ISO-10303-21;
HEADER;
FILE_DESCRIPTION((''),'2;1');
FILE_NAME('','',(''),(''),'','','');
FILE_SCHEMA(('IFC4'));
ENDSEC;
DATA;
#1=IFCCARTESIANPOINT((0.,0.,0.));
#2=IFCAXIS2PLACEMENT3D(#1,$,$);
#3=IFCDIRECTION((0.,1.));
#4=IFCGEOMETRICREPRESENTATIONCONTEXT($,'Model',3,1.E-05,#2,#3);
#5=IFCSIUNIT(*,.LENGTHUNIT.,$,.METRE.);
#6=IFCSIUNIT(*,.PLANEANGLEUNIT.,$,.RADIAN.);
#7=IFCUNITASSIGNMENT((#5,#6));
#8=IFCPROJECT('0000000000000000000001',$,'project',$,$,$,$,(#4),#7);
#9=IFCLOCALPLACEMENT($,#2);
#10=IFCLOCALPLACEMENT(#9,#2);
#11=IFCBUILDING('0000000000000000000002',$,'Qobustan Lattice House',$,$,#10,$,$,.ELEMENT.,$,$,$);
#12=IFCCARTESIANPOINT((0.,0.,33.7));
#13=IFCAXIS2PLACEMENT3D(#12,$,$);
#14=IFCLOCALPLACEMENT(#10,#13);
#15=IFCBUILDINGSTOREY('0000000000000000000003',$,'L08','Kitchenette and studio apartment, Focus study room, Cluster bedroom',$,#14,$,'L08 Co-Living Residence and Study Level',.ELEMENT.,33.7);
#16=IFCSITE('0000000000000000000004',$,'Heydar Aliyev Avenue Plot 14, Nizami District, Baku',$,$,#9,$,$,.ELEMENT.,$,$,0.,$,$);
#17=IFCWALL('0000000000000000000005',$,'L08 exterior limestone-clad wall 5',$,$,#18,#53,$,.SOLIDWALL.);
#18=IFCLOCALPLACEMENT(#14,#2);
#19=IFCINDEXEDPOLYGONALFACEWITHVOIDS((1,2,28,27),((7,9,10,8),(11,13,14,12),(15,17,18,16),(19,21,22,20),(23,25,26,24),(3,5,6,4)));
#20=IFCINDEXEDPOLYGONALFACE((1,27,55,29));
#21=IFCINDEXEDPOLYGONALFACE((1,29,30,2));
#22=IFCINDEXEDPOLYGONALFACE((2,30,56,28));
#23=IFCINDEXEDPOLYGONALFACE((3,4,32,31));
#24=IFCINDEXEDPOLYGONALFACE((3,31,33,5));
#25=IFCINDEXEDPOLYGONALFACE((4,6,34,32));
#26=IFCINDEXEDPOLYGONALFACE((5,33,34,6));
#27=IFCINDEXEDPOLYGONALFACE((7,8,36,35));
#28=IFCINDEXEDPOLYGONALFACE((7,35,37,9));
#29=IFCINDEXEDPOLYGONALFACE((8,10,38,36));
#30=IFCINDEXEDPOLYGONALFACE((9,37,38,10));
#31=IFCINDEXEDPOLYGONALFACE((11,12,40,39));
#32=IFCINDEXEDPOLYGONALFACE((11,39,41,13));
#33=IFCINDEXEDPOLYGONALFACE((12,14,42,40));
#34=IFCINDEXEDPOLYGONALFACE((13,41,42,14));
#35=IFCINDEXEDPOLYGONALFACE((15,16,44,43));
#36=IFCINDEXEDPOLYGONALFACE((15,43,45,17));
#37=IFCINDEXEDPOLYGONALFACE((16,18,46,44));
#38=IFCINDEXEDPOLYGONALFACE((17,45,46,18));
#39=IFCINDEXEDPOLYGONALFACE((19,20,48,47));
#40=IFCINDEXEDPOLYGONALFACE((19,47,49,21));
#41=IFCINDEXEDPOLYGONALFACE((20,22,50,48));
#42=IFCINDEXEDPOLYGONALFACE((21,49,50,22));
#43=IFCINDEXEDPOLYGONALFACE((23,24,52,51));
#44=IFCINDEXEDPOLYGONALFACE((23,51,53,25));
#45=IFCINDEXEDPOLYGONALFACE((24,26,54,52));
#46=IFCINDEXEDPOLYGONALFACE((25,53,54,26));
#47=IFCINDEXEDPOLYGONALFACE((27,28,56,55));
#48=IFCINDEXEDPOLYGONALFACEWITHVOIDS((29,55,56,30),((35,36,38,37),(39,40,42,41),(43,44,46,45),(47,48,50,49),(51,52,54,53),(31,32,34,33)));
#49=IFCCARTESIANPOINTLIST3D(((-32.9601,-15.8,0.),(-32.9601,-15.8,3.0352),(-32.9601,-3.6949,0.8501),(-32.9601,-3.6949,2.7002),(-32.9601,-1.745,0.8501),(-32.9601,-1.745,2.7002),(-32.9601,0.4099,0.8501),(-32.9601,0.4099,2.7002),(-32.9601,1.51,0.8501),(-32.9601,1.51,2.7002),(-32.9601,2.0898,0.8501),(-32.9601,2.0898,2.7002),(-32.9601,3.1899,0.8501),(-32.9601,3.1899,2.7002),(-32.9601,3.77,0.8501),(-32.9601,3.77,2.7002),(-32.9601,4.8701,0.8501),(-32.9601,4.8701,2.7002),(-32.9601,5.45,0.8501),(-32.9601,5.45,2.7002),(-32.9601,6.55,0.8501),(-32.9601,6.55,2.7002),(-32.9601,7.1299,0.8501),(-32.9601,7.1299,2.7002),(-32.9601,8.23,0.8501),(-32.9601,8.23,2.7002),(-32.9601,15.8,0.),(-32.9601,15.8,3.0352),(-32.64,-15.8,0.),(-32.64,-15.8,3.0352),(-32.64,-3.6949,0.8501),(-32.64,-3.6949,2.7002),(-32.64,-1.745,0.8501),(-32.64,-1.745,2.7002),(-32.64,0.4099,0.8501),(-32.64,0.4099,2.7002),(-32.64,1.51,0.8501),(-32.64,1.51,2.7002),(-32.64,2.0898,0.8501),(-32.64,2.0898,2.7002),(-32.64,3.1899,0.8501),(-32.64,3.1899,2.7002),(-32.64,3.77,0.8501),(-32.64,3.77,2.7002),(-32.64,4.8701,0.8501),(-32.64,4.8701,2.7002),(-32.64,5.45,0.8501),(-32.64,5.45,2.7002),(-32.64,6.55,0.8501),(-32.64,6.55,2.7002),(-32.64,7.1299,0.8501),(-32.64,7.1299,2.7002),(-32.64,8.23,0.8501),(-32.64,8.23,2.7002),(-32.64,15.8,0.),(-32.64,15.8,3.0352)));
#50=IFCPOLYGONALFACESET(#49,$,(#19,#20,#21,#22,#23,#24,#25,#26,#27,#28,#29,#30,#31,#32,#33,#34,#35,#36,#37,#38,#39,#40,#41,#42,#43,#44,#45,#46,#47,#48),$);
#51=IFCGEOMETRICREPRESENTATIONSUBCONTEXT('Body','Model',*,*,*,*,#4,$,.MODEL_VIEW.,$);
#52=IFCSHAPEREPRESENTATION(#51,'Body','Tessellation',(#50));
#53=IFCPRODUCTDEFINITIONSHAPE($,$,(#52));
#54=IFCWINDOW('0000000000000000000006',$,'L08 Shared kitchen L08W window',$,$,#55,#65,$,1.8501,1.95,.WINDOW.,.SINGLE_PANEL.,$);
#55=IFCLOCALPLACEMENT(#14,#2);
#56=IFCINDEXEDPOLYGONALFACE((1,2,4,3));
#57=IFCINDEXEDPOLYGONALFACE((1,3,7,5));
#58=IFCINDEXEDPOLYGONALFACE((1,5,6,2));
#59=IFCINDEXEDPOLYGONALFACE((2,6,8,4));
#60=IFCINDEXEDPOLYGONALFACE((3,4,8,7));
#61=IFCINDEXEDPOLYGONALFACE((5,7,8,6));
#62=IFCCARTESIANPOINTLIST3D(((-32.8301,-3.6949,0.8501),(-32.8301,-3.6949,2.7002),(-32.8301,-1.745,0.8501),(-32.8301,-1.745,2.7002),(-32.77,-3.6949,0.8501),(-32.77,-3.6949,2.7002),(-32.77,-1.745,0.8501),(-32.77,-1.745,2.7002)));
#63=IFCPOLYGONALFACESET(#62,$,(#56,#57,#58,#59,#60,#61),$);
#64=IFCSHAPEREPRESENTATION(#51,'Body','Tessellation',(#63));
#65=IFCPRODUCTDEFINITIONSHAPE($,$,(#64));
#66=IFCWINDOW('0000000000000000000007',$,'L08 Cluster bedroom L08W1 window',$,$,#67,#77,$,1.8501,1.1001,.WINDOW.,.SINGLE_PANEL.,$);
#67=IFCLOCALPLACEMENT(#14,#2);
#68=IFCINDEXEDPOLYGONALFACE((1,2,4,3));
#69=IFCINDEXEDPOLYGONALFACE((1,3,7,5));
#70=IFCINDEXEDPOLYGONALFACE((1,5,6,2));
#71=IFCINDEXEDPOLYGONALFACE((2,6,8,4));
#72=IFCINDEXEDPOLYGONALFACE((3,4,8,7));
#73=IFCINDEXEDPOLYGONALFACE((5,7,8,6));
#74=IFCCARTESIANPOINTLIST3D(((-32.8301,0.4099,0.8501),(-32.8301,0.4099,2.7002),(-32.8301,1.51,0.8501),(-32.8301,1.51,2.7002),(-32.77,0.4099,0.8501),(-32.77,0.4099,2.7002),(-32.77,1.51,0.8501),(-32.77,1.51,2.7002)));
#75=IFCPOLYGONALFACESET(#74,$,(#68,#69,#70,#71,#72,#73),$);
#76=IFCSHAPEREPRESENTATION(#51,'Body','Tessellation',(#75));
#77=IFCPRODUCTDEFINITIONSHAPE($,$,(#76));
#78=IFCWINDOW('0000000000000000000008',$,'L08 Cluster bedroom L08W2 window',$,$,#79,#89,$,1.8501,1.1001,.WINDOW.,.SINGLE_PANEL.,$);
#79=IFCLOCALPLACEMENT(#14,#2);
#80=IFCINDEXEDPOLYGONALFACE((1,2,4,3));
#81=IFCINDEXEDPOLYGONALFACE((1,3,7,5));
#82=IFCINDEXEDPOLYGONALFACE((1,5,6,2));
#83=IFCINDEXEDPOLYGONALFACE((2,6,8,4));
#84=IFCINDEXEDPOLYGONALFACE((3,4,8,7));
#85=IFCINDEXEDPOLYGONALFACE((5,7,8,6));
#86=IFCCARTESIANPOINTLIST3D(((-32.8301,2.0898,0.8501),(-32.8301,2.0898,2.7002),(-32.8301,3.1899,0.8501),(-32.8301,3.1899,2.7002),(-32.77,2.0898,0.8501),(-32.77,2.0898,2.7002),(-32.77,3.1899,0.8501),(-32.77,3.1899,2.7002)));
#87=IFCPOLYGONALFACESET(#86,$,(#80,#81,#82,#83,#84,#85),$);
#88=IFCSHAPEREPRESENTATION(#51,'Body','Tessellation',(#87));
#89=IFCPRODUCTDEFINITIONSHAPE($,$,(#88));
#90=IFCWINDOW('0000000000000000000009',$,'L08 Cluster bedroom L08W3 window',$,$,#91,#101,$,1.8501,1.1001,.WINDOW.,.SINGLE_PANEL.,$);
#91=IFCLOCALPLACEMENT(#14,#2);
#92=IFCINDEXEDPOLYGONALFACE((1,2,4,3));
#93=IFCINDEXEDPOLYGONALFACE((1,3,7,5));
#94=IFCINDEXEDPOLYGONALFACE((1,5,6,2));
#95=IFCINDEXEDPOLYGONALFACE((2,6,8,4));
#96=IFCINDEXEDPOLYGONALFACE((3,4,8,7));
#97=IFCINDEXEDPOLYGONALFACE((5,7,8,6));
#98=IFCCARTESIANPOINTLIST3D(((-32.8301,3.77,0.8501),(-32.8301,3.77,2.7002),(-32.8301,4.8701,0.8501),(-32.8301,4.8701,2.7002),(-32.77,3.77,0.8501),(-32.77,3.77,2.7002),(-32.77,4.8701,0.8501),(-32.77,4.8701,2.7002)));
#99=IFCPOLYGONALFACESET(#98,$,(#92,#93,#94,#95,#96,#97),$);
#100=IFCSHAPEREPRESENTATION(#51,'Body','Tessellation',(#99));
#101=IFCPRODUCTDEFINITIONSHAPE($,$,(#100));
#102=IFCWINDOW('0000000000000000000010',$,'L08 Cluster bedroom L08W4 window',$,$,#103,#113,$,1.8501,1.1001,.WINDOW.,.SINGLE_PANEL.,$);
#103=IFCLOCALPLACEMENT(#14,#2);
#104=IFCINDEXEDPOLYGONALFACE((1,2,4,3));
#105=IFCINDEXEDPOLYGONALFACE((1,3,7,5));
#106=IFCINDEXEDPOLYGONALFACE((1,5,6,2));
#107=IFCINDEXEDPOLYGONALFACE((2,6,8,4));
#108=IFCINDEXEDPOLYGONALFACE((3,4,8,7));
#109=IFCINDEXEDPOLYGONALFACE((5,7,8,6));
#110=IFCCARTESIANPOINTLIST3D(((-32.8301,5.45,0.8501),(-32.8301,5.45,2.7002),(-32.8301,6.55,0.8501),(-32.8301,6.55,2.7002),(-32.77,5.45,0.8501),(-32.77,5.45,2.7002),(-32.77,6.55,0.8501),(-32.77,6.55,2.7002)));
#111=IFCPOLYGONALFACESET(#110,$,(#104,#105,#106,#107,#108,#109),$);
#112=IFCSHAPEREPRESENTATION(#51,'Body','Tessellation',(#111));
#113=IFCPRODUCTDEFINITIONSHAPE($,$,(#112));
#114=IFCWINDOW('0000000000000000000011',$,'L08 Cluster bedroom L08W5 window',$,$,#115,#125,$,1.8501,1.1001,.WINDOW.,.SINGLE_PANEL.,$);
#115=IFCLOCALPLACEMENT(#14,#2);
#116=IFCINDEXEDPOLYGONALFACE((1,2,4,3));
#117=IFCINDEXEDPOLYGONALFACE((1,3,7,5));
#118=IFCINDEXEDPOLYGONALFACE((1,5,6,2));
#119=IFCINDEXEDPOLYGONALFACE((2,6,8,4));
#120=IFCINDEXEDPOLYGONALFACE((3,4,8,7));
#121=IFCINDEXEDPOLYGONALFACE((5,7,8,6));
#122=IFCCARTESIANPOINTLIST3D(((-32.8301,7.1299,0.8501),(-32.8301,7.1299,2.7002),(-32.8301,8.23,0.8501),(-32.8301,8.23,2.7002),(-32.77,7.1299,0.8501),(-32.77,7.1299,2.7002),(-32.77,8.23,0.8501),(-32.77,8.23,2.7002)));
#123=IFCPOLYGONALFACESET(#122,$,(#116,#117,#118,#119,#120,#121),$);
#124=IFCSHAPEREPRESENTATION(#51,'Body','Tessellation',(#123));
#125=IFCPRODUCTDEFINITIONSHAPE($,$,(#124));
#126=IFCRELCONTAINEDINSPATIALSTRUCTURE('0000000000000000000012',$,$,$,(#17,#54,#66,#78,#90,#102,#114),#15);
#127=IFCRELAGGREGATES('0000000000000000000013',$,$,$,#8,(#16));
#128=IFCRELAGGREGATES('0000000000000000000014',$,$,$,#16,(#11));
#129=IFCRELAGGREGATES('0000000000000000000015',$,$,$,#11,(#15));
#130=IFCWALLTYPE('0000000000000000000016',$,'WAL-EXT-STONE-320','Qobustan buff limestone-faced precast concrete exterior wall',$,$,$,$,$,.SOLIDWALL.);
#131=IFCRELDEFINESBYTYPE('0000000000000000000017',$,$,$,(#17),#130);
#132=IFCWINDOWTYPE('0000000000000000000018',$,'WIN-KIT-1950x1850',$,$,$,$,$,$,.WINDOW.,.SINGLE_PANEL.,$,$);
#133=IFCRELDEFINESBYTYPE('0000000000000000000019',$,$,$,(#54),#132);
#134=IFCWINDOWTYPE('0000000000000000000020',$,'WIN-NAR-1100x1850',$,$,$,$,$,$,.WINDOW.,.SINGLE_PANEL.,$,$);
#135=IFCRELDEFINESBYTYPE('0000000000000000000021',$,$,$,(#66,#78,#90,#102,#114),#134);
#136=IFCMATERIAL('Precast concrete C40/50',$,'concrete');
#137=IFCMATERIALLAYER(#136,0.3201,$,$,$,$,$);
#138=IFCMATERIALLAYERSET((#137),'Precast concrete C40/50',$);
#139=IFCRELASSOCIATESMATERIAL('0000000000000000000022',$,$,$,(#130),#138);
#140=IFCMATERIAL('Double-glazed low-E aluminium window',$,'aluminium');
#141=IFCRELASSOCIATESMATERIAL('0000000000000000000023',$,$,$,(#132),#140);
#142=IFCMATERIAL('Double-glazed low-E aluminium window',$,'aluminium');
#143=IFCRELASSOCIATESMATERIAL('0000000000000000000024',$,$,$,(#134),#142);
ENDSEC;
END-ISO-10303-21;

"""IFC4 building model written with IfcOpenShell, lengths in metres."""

from ifc_helpers import new_model, si_unit, direction, frame, frame_2d, origin, place, context, subcontext, project, spatial, rectangle, extrude, material, layer, layer_set, type_object, element, fill, save


model = new_model("IFC4")

# Units and contexts
model_context = context("Model", 3, precision=1e-05, world=origin(), true_north=direction((0.0, 1.0)))
body_context = subcontext(model_context, "Body", "Model", "MODEL_VIEW")
ifc_project = project(units=[si_unit("LENGTHUNIT", "METRE"), si_unit("PLANEANGLEUNIT", "RADIAN")], contexts=[model_context])

# Site, building, storey
site_placement = place(None, origin())
site = spatial("IfcSite", under=ifc_project, at=site_placement, Name="Heydar Aliyev Avenue Plot 14, Nizami District, Baku", CompositionType="ELEMENT", RefElevation=0.0)
building_placement = place(site_placement, origin())
building = spatial("IfcBuilding", under=site, at=building_placement, Name="Qobustan Lattice House", CompositionType="ELEMENT")
storey_placement = place(building_placement, frame((0.0, 0.0, 33.7)))
storey = spatial("IfcBuildingStorey", under=building, at=storey_placement, Name="L08", Description="Kitchenette and studio apartment, Focus study room, Cluster bedroom", LongName="L08 Co-Living Residence and Study Level", CompositionType="ELEMENT", Elevation=33.7)

# Shared definitions
ifc_material_1 = material(Name="Precast concrete C40/50", Category="concrete")
ifc_layer_1 = layer(ifc_material_1, 0.3201)
ifc_layer_set_1 = layer_set([ifc_layer_1], Name="Precast concrete C40/50")
wall_type = type_object("IfcWallType", Name="WAL-EXT-STONE-320", Description="Qobustan buff limestone-faced precast concrete exterior wall", PredefinedType="SOLIDWALL", material=ifc_layer_set_1)

# Wall, openings, windows
wall_1_placement = place(storey_placement, frame((-32.8, -15.8, 0.0), z_axis=(0.0, 0.0, 1.0), x_axis=(0.0, 1.0, 0.0)))
wall_1 = element("IfcWall", 1, at=wall_1_placement, inside=storey, type_object=wall_type, Name="L08 exterior limestone-clad wall 5", PredefinedType="SOLIDWALL", context=body_context, shape_type="SweptSolid", body=[
    extrude(rectangle(XDim=31.6001, YDim=0.3201, at=frame_2d((15.8, 0.0))), origin(), (0.0, 0.0, 1.0), 3.0352),
])
opening_1_placement = place(wall_1_placement, frame((12.105, 0.0, 0.8501)))
opening_1 = element("IfcOpeningElement", 2, at=opening_1_placement, cuts=wall_1, PredefinedType="OPENING", context=body_context, shape_type="SweptSolid", body=[
    extrude(rectangle(XDim=1.95, YDim=1.8501, at=frame_2d((0.9751, 0.925))), frame((0.0, 0.1699, 0.0), z_axis=(0.0, -1.0, 0.0), x_axis=(1.0, 0.0, 0.0)), (0.0, 0.0, 1.0), 0.3401),
])
opening_2_placement = place(wall_1_placement, frame((16.21, 0.0, 0.8501)))
opening_2 = element("IfcOpeningElement", 3, at=opening_2_placement, cuts=wall_1, PredefinedType="OPENING", context=body_context, shape_type="SweptSolid", body=[
    extrude(rectangle(XDim=1.1001, YDim=1.8501, at=frame_2d((0.55, 0.925))), frame((0.0, 0.1699, 0.0), z_axis=(0.0, -1.0, 0.0), x_axis=(1.0, 0.0, 0.0)), (0.0, 0.0, 1.0), 0.3401),
])
opening_3_placement = place(wall_1_placement, frame((17.8899, 0.0, 0.8501)))
opening_3 = element("IfcOpeningElement", 4, at=opening_3_placement, cuts=wall_1, PredefinedType="OPENING", context=body_context, shape_type="SweptSolid", body=[
    extrude(rectangle(XDim=1.1001, YDim=1.8501, at=frame_2d((0.55, 0.925))), frame((0.0, 0.1699, 0.0), z_axis=(0.0, -1.0, 0.0), x_axis=(1.0, 0.0, 0.0)), (0.0, 0.0, 1.0), 0.3401),
])
opening_4_placement = place(wall_1_placement, frame((19.5701, 0.0, 0.8501)))
opening_4 = element("IfcOpeningElement", 5, at=opening_4_placement, cuts=wall_1, PredefinedType="OPENING", context=body_context, shape_type="SweptSolid", body=[
    extrude(rectangle(XDim=1.1001, YDim=1.8501, at=frame_2d((0.55, 0.925))), frame((0.0, 0.1699, 0.0), z_axis=(0.0, -1.0, 0.0), x_axis=(1.0, 0.0, 0.0)), (0.0, 0.0, 1.0), 0.3401),
])
opening_5_placement = place(wall_1_placement, frame((21.25, 0.0, 0.8501)))
opening_5 = element("IfcOpeningElement", 6, at=opening_5_placement, cuts=wall_1, PredefinedType="OPENING", context=body_context, shape_type="SweptSolid", body=[
    extrude(rectangle(XDim=1.1001, YDim=1.8501, at=frame_2d((0.55, 0.925))), frame((0.0, 0.1699, 0.0), z_axis=(0.0, -1.0, 0.0), x_axis=(1.0, 0.0, 0.0)), (0.0, 0.0, 1.0), 0.3401),
])
opening_6_placement = place(wall_1_placement, frame((22.9299, 0.0, 0.8501)))
opening_6 = element("IfcOpeningElement", 7, at=opening_6_placement, cuts=wall_1, PredefinedType="OPENING", context=body_context, shape_type="SweptSolid", body=[
    extrude(rectangle(XDim=1.1001, YDim=1.8501, at=frame_2d((0.55, 0.925))), frame((0.0, 0.1699, 0.0), z_axis=(0.0, -1.0, 0.0), x_axis=(1.0, 0.0, 0.0)), (0.0, 0.0, 1.0), 0.3401),
])
ifc_material_2 = material(Name="Double-glazed low-E aluminium window", Category="aluminium")
window_type_1 = type_object("IfcWindowType", Name="WIN-KIT-1950x1850", PartitioningType="SINGLE_PANEL", PredefinedType="WINDOW", material=ifc_material_2)
window_1_placement = place(opening_1_placement, origin())
window_1 = element("IfcWindow", 8, at=window_1_placement, inside=storey, type_object=window_type_1, Name="L08 Shared kitchen L08W window", OverallHeight=1.8501, OverallWidth=1.95, PartitioningType="SINGLE_PANEL", PredefinedType="WINDOW", context=body_context, shape_type="SweptSolid", body=[
    extrude(rectangle(XDim=1.95, YDim=1.8501, at=frame_2d((0.9751, 0.925))), frame((0.0, 0.03, 0.0), z_axis=(0.0, -1.0, 0.0), x_axis=(1.0, 0.0, 0.0)), (0.0, 0.0, 1.0), 0.0601),
])
fill(opening_1, window_1)
ifc_material_3 = material(Name="Double-glazed low-E aluminium window", Category="aluminium")
window_type_2 = type_object("IfcWindowType", Name="WIN-NAR-1100x1850", PartitioningType="SINGLE_PANEL", PredefinedType="WINDOW", material=ifc_material_3)
window_2_placement = place(opening_2_placement, origin())
window_2 = element("IfcWindow", 9, at=window_2_placement, inside=storey, type_object=window_type_2, Name="L08 Cluster bedroom L08W1 window", OverallHeight=1.8501, OverallWidth=1.1001, PartitioningType="SINGLE_PANEL", PredefinedType="WINDOW", context=body_context, shape_type="SweptSolid", body=[
    extrude(rectangle(XDim=1.1001, YDim=1.8501, at=frame_2d((0.55, 0.925))), frame((0.0, 0.03, 0.0), z_axis=(0.0, -1.0, 0.0), x_axis=(1.0, 0.0, 0.0)), (0.0, 0.0, 1.0), 0.0601),
])
fill(opening_2, window_2)
window_3_placement = place(opening_3_placement, origin())
window_3 = element("IfcWindow", 10, at=window_3_placement, inside=storey, type_object=window_type_2, Name="L08 Cluster bedroom L08W2 window", OverallHeight=1.8501, OverallWidth=1.1001, PartitioningType="SINGLE_PANEL", PredefinedType="WINDOW", context=body_context, shape_type="SweptSolid", body=[
    extrude(rectangle(XDim=1.1001, YDim=1.8501, at=frame_2d((0.55, 0.925))), frame((0.0, 0.03, 0.0), z_axis=(0.0, -1.0, 0.0), x_axis=(1.0, 0.0, 0.0)), (0.0, 0.0, 1.0), 0.0601),
])
fill(opening_3, window_3)
window_4_placement = place(opening_4_placement, origin())
window_4 = element("IfcWindow", 11, at=window_4_placement, inside=storey, type_object=window_type_2, Name="L08 Cluster bedroom L08W3 window", OverallHeight=1.8501, OverallWidth=1.1001, PartitioningType="SINGLE_PANEL", PredefinedType="WINDOW", context=body_context, shape_type="SweptSolid", body=[
    extrude(rectangle(XDim=1.1001, YDim=1.8501, at=frame_2d((0.55, 0.925))), frame((0.0, 0.03, 0.0), z_axis=(0.0, -1.0, 0.0), x_axis=(1.0, 0.0, 0.0)), (0.0, 0.0, 1.0), 0.0601),
])
fill(opening_4, window_4)
window_5_placement = place(opening_5_placement, origin())
window_5 = element("IfcWindow", 12, at=window_5_placement, inside=storey, type_object=window_type_2, Name="L08 Cluster bedroom L08W4 window", OverallHeight=1.8501, OverallWidth=1.1001, PartitioningType="SINGLE_PANEL", PredefinedType="WINDOW", context=body_context, shape_type="SweptSolid", body=[
    extrude(rectangle(XDim=1.1001, YDim=1.8501, at=frame_2d((0.55, 0.925))), frame((0.0, 0.03, 0.0), z_axis=(0.0, -1.0, 0.0), x_axis=(1.0, 0.0, 0.0)), (0.0, 0.0, 1.0), 0.0601),
])
fill(opening_5, window_5)
window_6_placement = place(opening_6_placement, origin())
window_6 = element("IfcWindow", 13, at=window_6_placement, inside=storey, type_object=window_type_2, Name="L08 Cluster bedroom L08W5 window", OverallHeight=1.8501, OverallWidth=1.1001, PartitioningType="SINGLE_PANEL", PredefinedType="WINDOW", context=body_context, shape_type="SweptSolid", body=[
    extrude(rectangle(XDim=1.1001, YDim=1.8501, at=frame_2d((0.55, 0.925))), frame((0.0, 0.03, 0.0), z_axis=(0.0, -1.0, 0.0), x_axis=(1.0, 0.0, 0.0)), (0.0, 0.0, 1.0), 0.0601),
])
fill(opening_6, window_6)

save(model, "model.ifc")
